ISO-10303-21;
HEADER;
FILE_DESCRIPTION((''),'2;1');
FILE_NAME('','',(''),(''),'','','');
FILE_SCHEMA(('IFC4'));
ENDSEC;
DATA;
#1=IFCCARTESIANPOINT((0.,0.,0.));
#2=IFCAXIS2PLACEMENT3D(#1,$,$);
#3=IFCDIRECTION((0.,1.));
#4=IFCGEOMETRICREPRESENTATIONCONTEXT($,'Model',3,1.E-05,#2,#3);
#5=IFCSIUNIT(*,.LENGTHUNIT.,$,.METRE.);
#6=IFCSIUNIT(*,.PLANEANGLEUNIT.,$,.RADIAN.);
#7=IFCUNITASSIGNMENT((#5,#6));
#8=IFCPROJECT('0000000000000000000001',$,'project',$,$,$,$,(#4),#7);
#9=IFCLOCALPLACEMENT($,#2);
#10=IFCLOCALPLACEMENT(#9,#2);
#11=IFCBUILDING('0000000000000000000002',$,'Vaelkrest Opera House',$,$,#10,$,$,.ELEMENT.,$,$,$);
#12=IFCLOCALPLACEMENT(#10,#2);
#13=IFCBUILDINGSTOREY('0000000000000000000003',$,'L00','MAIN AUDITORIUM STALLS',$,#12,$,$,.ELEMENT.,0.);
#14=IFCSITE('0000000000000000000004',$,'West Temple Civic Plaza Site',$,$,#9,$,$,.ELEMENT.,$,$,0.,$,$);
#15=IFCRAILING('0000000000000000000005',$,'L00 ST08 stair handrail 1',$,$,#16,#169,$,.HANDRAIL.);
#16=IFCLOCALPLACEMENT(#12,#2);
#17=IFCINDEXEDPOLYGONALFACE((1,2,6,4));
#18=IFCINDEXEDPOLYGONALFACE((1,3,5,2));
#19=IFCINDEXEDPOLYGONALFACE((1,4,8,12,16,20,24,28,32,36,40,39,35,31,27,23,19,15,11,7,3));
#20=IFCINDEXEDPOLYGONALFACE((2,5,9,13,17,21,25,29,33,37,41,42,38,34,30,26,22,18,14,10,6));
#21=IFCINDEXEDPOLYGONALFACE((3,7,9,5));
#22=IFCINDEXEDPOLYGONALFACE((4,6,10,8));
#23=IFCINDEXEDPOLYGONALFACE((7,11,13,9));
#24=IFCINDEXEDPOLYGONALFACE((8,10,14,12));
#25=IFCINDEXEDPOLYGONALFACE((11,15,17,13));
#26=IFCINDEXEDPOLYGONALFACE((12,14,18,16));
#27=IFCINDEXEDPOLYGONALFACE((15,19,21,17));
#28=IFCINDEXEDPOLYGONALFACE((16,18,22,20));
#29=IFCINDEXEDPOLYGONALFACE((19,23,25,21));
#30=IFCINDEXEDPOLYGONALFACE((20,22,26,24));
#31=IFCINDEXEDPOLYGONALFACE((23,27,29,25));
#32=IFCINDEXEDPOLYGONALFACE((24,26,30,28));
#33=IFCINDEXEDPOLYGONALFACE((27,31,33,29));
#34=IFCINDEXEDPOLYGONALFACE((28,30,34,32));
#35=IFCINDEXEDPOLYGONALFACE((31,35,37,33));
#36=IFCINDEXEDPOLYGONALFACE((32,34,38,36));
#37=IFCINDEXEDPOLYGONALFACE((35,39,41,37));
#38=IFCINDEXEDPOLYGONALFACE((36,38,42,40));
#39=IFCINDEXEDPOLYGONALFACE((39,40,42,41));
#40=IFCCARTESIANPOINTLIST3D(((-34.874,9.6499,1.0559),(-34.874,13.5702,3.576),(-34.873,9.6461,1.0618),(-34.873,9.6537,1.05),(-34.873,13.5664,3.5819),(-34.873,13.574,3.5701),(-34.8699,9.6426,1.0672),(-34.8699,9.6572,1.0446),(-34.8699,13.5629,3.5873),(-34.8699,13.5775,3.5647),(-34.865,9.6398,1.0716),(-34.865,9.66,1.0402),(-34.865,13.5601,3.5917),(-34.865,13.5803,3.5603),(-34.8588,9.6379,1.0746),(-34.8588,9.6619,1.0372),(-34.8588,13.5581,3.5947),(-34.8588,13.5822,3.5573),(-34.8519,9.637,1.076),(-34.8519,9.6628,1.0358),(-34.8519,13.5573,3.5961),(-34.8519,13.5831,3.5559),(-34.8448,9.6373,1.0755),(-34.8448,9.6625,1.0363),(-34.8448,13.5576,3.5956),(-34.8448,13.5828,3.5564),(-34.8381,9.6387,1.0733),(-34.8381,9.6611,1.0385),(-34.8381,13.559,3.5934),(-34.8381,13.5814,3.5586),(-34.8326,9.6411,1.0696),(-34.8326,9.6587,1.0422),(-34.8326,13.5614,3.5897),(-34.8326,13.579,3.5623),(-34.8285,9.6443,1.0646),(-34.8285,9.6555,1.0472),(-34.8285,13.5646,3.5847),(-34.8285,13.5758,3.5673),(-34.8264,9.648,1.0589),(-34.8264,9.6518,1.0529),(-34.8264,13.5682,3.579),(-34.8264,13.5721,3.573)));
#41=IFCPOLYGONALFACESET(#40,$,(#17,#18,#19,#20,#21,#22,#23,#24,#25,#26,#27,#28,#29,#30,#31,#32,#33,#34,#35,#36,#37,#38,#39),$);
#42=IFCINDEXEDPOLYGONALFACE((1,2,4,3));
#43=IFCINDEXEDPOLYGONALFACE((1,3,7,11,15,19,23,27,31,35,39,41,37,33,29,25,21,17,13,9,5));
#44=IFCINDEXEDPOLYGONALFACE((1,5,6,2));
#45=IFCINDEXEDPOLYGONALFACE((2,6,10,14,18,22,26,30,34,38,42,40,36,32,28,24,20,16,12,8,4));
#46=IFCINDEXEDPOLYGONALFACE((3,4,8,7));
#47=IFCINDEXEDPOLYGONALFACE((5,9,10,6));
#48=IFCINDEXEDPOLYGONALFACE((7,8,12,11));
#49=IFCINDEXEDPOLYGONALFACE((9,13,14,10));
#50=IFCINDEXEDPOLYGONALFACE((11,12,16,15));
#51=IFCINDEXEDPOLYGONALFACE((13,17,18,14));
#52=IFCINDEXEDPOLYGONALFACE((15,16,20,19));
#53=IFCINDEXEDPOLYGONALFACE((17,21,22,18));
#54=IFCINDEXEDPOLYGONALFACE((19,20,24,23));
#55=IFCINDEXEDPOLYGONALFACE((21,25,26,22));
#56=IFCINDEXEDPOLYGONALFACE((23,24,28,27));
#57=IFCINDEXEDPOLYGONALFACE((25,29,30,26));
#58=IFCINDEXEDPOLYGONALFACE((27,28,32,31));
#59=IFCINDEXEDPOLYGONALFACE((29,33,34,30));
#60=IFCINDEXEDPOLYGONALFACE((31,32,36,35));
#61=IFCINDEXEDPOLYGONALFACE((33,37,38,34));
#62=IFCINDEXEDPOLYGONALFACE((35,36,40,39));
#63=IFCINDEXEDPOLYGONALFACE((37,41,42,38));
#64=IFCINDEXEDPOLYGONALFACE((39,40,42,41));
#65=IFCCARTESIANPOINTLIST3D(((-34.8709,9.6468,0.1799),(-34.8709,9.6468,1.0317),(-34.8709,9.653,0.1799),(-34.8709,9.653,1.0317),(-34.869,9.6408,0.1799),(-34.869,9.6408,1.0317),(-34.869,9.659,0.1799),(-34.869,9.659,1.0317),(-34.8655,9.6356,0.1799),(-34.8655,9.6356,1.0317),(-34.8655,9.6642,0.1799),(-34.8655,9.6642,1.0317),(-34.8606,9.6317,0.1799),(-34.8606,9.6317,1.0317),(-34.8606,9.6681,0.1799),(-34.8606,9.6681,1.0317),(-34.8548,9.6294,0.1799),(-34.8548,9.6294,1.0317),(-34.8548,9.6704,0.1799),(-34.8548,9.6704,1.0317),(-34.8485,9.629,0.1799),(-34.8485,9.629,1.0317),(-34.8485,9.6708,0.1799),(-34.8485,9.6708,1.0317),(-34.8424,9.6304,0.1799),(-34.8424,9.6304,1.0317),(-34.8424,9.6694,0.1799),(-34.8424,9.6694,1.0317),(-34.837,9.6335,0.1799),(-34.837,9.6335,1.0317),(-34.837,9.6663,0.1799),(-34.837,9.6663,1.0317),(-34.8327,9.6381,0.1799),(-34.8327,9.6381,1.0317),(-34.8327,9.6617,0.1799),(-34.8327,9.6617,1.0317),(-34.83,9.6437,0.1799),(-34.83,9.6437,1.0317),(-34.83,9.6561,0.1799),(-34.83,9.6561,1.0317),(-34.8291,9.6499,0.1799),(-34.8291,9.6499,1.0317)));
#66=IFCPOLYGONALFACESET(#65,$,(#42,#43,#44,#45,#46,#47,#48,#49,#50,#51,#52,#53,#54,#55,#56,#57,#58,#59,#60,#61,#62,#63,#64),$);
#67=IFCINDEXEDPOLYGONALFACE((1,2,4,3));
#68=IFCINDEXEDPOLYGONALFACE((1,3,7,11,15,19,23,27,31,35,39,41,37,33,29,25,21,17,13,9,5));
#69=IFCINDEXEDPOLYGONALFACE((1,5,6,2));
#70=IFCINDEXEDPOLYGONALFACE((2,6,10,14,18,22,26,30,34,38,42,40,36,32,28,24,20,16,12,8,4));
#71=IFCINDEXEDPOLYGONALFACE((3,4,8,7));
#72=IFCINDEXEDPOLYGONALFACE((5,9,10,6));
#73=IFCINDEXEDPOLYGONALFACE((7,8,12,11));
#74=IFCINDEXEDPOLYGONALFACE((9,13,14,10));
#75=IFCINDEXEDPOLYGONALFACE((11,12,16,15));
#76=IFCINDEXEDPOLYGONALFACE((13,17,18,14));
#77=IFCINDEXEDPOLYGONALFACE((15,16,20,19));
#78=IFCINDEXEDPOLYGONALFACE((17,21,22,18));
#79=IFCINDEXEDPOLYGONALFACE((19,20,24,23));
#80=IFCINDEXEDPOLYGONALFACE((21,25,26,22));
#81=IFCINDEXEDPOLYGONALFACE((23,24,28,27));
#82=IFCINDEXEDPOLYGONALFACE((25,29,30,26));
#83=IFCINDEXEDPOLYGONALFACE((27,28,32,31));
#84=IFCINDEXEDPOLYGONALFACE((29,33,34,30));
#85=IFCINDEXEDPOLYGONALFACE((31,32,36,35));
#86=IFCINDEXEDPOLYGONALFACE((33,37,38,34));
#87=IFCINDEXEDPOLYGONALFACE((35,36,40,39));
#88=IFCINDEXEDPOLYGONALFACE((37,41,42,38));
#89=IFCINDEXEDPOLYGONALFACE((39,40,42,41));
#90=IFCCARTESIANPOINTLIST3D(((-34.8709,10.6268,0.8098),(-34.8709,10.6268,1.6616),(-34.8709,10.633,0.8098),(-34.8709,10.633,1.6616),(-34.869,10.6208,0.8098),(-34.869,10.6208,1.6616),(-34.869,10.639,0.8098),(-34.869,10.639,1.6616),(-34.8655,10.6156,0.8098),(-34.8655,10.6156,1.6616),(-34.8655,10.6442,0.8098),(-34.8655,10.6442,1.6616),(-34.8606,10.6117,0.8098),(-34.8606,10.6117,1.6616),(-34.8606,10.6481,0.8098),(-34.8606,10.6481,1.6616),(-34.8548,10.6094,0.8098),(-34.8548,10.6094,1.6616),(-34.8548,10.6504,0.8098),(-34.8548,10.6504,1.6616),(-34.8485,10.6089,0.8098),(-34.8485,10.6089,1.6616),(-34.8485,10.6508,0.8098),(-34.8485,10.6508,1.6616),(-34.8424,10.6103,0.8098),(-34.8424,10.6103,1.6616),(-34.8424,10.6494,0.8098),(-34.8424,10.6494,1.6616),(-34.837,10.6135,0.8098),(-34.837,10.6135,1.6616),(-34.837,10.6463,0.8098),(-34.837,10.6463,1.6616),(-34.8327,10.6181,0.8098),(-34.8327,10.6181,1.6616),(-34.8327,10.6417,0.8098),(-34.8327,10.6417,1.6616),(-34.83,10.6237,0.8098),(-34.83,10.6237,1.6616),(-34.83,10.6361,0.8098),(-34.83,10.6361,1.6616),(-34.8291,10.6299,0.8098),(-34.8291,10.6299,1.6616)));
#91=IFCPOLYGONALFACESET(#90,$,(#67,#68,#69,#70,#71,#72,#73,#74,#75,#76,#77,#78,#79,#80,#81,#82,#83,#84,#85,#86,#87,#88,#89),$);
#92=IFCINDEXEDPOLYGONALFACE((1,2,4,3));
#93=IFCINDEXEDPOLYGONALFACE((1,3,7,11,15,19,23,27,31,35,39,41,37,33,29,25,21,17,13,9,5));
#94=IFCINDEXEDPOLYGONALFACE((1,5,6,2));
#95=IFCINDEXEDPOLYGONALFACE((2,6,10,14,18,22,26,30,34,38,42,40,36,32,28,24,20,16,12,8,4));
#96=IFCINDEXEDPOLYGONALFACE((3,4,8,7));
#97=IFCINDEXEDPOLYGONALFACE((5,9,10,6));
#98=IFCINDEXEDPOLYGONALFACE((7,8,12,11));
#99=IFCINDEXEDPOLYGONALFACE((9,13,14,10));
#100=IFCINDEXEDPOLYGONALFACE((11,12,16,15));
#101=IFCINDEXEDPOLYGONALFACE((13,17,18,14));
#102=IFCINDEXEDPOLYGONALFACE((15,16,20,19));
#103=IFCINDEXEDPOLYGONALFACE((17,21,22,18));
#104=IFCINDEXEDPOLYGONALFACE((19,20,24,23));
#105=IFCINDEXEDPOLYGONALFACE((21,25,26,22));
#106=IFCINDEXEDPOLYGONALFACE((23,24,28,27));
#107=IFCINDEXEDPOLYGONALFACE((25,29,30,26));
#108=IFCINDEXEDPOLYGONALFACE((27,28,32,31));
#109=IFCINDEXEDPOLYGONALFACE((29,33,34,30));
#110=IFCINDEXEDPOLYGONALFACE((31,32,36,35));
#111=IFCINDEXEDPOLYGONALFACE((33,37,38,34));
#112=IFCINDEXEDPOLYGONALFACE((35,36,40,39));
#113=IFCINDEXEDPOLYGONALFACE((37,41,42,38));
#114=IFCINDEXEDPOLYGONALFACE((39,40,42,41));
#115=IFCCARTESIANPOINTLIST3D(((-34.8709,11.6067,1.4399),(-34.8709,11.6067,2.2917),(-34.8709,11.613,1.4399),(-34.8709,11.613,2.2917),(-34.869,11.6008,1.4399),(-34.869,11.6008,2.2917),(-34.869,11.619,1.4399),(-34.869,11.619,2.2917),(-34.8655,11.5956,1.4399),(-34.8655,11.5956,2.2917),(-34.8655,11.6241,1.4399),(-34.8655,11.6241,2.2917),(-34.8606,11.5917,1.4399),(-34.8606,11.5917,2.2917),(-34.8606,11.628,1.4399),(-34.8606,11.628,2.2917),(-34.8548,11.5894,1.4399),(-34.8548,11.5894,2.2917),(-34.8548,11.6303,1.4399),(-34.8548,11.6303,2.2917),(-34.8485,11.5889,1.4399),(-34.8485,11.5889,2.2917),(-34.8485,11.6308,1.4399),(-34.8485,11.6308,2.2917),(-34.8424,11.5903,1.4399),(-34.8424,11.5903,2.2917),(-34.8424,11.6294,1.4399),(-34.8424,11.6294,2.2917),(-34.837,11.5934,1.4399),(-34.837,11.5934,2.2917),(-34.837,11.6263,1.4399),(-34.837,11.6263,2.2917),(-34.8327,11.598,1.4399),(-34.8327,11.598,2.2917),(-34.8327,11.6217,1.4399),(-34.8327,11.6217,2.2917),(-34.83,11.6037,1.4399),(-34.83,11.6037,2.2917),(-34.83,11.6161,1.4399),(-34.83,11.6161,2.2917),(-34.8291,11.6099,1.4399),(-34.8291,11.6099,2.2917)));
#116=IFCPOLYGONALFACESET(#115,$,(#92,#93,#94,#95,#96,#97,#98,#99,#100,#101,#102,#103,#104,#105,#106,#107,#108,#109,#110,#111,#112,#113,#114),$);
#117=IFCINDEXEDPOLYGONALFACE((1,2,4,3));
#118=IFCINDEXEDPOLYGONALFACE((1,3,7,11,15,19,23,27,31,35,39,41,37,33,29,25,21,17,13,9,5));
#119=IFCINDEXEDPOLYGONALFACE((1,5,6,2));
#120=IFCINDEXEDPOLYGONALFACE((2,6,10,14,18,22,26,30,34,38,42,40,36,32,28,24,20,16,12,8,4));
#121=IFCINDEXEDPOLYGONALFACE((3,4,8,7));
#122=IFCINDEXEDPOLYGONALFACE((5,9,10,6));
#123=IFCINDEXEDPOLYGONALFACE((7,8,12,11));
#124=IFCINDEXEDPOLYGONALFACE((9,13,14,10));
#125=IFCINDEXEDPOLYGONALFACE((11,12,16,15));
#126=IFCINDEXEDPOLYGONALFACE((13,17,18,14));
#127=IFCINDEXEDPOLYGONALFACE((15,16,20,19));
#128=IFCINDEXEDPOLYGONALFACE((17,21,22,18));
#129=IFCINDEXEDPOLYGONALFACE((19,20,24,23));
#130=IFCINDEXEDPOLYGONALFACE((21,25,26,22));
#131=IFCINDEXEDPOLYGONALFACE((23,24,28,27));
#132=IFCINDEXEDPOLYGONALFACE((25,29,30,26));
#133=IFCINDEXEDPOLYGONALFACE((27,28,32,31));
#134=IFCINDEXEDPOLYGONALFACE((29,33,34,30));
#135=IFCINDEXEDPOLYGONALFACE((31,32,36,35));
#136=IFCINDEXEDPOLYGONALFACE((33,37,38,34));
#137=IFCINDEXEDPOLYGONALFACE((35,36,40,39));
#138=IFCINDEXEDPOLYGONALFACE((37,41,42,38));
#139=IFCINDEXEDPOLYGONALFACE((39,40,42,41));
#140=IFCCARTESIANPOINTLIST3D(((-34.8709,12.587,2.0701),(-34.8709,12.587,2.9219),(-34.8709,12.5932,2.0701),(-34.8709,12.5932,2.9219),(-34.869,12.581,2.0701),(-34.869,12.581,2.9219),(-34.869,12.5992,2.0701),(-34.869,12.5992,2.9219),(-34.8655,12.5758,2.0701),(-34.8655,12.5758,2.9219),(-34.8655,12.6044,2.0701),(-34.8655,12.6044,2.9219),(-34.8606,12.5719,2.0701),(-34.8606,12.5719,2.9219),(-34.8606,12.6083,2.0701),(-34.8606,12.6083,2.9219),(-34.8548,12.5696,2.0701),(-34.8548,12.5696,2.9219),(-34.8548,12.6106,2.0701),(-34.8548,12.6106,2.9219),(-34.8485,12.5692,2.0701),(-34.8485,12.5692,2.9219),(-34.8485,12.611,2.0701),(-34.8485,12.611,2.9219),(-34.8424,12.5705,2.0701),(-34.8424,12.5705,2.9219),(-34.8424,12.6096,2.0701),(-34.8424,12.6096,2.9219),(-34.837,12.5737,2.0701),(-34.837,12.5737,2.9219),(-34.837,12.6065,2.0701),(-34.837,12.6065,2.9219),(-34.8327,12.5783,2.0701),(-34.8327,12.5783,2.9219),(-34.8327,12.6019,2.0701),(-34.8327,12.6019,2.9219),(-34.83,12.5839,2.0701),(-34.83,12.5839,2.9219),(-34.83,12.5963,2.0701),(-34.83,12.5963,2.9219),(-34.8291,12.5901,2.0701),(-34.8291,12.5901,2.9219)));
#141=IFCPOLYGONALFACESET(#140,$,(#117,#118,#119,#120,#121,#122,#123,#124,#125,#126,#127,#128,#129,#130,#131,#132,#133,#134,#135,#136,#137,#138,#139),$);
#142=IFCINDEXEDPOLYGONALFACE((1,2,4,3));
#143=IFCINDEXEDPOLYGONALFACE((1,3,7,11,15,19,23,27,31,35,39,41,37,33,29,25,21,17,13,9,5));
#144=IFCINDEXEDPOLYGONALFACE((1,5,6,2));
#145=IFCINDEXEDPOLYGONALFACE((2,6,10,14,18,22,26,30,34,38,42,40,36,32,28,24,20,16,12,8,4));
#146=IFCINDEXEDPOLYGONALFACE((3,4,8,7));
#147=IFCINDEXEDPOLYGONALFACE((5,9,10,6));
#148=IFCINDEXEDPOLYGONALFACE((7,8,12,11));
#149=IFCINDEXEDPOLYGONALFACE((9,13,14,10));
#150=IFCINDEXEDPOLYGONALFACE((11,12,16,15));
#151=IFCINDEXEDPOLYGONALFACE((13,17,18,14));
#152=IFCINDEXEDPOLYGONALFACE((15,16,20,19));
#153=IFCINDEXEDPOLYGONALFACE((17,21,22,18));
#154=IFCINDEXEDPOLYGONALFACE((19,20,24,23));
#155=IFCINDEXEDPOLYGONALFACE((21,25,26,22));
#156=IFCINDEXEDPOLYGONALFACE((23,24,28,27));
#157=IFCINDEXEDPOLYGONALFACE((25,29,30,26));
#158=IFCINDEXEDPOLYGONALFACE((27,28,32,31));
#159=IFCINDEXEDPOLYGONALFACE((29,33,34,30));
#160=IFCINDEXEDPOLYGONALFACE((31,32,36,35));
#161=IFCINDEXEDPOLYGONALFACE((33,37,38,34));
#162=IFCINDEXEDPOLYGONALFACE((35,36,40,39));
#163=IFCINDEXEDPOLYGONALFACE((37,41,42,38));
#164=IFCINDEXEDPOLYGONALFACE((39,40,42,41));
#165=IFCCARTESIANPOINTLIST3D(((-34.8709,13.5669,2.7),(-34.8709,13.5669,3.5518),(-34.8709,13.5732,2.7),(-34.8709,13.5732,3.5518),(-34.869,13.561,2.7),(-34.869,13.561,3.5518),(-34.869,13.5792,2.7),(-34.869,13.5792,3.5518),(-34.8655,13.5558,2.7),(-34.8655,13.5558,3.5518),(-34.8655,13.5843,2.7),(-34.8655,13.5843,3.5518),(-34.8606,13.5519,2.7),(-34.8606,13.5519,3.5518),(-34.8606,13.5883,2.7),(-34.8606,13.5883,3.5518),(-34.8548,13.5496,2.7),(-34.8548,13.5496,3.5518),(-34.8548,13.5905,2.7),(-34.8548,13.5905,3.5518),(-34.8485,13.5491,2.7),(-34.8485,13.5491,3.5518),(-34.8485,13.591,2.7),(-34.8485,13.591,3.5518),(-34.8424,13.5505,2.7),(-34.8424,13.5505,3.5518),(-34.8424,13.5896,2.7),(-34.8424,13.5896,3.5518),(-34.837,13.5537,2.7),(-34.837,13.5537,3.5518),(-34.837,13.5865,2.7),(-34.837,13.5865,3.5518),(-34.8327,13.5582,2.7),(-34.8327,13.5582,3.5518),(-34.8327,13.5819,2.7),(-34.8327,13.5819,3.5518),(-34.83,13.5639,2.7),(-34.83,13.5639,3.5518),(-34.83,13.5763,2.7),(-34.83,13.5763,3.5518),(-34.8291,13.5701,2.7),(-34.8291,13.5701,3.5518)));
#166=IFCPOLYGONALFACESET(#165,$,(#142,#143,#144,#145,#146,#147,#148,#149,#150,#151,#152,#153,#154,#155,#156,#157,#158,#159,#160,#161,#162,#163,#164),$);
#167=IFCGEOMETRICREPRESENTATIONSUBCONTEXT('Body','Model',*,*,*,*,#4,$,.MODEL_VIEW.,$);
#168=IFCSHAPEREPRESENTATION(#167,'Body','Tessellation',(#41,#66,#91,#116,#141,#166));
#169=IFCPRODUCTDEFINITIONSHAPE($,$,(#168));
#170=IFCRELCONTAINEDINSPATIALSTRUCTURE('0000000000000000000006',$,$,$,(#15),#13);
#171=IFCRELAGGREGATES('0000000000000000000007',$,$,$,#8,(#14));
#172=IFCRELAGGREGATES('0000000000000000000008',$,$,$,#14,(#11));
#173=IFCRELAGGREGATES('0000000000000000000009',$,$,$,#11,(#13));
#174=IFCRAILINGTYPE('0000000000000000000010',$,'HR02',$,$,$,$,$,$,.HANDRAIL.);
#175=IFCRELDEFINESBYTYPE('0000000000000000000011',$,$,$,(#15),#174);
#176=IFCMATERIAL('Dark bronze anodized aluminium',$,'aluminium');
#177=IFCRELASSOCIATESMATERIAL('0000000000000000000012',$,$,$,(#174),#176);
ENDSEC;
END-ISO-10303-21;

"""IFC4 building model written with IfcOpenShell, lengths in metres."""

from ifc_helpers import new_model, si_unit, direction, frame, origin, origin_2d, place, context, subcontext, project, spatial, circle, extrude, material, type_object, element, save


model = new_model("IFC4")

# Units and contexts
model_context = context("Model", 3, precision=1e-05, world=origin(), true_north=direction((0.0, 1.0)))
body_context = subcontext(model_context, "Body", "Model", "MODEL_VIEW")
ifc_project = project(units=[si_unit("LENGTHUNIT", "METRE"), si_unit("PLANEANGLEUNIT", "RADIAN")], contexts=[model_context])

# Site, building, storey
site_placement = place(None, origin())
site = spatial("IfcSite", under=ifc_project, at=site_placement, Name="West Temple Civic Plaza Site", CompositionType="ELEMENT", RefElevation=0.0)
building_placement = place(site_placement, origin())
building = spatial("IfcBuilding", under=site, at=building_placement, Name="Vaelkrest Opera House", CompositionType="ELEMENT")
storey_placement = place(building_placement, origin())
storey = spatial("IfcBuildingStorey", under=building, at=storey_placement, Name="L00", Description="MAIN AUDITORIUM STALLS", CompositionType="ELEMENT", Elevation=0.0)

# Shared definitions
ifc_material_1 = material(Name="Dark bronze anodized aluminium", Category="aluminium")

# Railing
railing_type_1 = type_object("IfcRailingType", Name="HR02", PredefinedType="HANDRAIL", material=ifc_material_1)
railing_1_placement = place(storey_placement, frame((-34.8501, 9.6499, 0.1799)))
element("IfcRailing", 1, at=railing_1_placement, inside=storey, type_object=railing_type_1, Name="L00 ST08 stair handrail 1", PredefinedType="HANDRAIL", context=body_context, shape_type="SweptSolid", body=[
    extrude(circle(Radius=0.0239, at=origin_2d()), frame((0.0, 0.0, 0.876), z_axis=(0.0, 0.841187, 0.540744), x_axis=(-1.0, 0.0, 0.0)), (0.0, 0.0, 1.0), 4.6604),
    extrude(circle(Radius=0.021, at=origin_2d()), origin(), (0.0, 0.0, 1.0), 0.8518),
    extrude(circle(Radius=0.021, at=origin_2d()), frame((0.0, 0.98, 0.6299)), (0.0, 0.0, 1.0), 0.8518),
    extrude(circle(Radius=0.021, at=origin_2d()), frame((0.0, 1.96, 1.26)), (0.0, 0.0, 1.0), 0.8518),
    extrude(circle(Radius=0.021, at=origin_2d()), frame((0.0, 2.9402, 1.8901)), (0.0, 0.0, 1.0), 0.8518),
    extrude(circle(Radius=0.021, at=origin_2d()), frame((0.0, 3.9202, 2.52)), (0.0, 0.0, 1.0), 0.8518),
])

save(model, "model.ifc")
